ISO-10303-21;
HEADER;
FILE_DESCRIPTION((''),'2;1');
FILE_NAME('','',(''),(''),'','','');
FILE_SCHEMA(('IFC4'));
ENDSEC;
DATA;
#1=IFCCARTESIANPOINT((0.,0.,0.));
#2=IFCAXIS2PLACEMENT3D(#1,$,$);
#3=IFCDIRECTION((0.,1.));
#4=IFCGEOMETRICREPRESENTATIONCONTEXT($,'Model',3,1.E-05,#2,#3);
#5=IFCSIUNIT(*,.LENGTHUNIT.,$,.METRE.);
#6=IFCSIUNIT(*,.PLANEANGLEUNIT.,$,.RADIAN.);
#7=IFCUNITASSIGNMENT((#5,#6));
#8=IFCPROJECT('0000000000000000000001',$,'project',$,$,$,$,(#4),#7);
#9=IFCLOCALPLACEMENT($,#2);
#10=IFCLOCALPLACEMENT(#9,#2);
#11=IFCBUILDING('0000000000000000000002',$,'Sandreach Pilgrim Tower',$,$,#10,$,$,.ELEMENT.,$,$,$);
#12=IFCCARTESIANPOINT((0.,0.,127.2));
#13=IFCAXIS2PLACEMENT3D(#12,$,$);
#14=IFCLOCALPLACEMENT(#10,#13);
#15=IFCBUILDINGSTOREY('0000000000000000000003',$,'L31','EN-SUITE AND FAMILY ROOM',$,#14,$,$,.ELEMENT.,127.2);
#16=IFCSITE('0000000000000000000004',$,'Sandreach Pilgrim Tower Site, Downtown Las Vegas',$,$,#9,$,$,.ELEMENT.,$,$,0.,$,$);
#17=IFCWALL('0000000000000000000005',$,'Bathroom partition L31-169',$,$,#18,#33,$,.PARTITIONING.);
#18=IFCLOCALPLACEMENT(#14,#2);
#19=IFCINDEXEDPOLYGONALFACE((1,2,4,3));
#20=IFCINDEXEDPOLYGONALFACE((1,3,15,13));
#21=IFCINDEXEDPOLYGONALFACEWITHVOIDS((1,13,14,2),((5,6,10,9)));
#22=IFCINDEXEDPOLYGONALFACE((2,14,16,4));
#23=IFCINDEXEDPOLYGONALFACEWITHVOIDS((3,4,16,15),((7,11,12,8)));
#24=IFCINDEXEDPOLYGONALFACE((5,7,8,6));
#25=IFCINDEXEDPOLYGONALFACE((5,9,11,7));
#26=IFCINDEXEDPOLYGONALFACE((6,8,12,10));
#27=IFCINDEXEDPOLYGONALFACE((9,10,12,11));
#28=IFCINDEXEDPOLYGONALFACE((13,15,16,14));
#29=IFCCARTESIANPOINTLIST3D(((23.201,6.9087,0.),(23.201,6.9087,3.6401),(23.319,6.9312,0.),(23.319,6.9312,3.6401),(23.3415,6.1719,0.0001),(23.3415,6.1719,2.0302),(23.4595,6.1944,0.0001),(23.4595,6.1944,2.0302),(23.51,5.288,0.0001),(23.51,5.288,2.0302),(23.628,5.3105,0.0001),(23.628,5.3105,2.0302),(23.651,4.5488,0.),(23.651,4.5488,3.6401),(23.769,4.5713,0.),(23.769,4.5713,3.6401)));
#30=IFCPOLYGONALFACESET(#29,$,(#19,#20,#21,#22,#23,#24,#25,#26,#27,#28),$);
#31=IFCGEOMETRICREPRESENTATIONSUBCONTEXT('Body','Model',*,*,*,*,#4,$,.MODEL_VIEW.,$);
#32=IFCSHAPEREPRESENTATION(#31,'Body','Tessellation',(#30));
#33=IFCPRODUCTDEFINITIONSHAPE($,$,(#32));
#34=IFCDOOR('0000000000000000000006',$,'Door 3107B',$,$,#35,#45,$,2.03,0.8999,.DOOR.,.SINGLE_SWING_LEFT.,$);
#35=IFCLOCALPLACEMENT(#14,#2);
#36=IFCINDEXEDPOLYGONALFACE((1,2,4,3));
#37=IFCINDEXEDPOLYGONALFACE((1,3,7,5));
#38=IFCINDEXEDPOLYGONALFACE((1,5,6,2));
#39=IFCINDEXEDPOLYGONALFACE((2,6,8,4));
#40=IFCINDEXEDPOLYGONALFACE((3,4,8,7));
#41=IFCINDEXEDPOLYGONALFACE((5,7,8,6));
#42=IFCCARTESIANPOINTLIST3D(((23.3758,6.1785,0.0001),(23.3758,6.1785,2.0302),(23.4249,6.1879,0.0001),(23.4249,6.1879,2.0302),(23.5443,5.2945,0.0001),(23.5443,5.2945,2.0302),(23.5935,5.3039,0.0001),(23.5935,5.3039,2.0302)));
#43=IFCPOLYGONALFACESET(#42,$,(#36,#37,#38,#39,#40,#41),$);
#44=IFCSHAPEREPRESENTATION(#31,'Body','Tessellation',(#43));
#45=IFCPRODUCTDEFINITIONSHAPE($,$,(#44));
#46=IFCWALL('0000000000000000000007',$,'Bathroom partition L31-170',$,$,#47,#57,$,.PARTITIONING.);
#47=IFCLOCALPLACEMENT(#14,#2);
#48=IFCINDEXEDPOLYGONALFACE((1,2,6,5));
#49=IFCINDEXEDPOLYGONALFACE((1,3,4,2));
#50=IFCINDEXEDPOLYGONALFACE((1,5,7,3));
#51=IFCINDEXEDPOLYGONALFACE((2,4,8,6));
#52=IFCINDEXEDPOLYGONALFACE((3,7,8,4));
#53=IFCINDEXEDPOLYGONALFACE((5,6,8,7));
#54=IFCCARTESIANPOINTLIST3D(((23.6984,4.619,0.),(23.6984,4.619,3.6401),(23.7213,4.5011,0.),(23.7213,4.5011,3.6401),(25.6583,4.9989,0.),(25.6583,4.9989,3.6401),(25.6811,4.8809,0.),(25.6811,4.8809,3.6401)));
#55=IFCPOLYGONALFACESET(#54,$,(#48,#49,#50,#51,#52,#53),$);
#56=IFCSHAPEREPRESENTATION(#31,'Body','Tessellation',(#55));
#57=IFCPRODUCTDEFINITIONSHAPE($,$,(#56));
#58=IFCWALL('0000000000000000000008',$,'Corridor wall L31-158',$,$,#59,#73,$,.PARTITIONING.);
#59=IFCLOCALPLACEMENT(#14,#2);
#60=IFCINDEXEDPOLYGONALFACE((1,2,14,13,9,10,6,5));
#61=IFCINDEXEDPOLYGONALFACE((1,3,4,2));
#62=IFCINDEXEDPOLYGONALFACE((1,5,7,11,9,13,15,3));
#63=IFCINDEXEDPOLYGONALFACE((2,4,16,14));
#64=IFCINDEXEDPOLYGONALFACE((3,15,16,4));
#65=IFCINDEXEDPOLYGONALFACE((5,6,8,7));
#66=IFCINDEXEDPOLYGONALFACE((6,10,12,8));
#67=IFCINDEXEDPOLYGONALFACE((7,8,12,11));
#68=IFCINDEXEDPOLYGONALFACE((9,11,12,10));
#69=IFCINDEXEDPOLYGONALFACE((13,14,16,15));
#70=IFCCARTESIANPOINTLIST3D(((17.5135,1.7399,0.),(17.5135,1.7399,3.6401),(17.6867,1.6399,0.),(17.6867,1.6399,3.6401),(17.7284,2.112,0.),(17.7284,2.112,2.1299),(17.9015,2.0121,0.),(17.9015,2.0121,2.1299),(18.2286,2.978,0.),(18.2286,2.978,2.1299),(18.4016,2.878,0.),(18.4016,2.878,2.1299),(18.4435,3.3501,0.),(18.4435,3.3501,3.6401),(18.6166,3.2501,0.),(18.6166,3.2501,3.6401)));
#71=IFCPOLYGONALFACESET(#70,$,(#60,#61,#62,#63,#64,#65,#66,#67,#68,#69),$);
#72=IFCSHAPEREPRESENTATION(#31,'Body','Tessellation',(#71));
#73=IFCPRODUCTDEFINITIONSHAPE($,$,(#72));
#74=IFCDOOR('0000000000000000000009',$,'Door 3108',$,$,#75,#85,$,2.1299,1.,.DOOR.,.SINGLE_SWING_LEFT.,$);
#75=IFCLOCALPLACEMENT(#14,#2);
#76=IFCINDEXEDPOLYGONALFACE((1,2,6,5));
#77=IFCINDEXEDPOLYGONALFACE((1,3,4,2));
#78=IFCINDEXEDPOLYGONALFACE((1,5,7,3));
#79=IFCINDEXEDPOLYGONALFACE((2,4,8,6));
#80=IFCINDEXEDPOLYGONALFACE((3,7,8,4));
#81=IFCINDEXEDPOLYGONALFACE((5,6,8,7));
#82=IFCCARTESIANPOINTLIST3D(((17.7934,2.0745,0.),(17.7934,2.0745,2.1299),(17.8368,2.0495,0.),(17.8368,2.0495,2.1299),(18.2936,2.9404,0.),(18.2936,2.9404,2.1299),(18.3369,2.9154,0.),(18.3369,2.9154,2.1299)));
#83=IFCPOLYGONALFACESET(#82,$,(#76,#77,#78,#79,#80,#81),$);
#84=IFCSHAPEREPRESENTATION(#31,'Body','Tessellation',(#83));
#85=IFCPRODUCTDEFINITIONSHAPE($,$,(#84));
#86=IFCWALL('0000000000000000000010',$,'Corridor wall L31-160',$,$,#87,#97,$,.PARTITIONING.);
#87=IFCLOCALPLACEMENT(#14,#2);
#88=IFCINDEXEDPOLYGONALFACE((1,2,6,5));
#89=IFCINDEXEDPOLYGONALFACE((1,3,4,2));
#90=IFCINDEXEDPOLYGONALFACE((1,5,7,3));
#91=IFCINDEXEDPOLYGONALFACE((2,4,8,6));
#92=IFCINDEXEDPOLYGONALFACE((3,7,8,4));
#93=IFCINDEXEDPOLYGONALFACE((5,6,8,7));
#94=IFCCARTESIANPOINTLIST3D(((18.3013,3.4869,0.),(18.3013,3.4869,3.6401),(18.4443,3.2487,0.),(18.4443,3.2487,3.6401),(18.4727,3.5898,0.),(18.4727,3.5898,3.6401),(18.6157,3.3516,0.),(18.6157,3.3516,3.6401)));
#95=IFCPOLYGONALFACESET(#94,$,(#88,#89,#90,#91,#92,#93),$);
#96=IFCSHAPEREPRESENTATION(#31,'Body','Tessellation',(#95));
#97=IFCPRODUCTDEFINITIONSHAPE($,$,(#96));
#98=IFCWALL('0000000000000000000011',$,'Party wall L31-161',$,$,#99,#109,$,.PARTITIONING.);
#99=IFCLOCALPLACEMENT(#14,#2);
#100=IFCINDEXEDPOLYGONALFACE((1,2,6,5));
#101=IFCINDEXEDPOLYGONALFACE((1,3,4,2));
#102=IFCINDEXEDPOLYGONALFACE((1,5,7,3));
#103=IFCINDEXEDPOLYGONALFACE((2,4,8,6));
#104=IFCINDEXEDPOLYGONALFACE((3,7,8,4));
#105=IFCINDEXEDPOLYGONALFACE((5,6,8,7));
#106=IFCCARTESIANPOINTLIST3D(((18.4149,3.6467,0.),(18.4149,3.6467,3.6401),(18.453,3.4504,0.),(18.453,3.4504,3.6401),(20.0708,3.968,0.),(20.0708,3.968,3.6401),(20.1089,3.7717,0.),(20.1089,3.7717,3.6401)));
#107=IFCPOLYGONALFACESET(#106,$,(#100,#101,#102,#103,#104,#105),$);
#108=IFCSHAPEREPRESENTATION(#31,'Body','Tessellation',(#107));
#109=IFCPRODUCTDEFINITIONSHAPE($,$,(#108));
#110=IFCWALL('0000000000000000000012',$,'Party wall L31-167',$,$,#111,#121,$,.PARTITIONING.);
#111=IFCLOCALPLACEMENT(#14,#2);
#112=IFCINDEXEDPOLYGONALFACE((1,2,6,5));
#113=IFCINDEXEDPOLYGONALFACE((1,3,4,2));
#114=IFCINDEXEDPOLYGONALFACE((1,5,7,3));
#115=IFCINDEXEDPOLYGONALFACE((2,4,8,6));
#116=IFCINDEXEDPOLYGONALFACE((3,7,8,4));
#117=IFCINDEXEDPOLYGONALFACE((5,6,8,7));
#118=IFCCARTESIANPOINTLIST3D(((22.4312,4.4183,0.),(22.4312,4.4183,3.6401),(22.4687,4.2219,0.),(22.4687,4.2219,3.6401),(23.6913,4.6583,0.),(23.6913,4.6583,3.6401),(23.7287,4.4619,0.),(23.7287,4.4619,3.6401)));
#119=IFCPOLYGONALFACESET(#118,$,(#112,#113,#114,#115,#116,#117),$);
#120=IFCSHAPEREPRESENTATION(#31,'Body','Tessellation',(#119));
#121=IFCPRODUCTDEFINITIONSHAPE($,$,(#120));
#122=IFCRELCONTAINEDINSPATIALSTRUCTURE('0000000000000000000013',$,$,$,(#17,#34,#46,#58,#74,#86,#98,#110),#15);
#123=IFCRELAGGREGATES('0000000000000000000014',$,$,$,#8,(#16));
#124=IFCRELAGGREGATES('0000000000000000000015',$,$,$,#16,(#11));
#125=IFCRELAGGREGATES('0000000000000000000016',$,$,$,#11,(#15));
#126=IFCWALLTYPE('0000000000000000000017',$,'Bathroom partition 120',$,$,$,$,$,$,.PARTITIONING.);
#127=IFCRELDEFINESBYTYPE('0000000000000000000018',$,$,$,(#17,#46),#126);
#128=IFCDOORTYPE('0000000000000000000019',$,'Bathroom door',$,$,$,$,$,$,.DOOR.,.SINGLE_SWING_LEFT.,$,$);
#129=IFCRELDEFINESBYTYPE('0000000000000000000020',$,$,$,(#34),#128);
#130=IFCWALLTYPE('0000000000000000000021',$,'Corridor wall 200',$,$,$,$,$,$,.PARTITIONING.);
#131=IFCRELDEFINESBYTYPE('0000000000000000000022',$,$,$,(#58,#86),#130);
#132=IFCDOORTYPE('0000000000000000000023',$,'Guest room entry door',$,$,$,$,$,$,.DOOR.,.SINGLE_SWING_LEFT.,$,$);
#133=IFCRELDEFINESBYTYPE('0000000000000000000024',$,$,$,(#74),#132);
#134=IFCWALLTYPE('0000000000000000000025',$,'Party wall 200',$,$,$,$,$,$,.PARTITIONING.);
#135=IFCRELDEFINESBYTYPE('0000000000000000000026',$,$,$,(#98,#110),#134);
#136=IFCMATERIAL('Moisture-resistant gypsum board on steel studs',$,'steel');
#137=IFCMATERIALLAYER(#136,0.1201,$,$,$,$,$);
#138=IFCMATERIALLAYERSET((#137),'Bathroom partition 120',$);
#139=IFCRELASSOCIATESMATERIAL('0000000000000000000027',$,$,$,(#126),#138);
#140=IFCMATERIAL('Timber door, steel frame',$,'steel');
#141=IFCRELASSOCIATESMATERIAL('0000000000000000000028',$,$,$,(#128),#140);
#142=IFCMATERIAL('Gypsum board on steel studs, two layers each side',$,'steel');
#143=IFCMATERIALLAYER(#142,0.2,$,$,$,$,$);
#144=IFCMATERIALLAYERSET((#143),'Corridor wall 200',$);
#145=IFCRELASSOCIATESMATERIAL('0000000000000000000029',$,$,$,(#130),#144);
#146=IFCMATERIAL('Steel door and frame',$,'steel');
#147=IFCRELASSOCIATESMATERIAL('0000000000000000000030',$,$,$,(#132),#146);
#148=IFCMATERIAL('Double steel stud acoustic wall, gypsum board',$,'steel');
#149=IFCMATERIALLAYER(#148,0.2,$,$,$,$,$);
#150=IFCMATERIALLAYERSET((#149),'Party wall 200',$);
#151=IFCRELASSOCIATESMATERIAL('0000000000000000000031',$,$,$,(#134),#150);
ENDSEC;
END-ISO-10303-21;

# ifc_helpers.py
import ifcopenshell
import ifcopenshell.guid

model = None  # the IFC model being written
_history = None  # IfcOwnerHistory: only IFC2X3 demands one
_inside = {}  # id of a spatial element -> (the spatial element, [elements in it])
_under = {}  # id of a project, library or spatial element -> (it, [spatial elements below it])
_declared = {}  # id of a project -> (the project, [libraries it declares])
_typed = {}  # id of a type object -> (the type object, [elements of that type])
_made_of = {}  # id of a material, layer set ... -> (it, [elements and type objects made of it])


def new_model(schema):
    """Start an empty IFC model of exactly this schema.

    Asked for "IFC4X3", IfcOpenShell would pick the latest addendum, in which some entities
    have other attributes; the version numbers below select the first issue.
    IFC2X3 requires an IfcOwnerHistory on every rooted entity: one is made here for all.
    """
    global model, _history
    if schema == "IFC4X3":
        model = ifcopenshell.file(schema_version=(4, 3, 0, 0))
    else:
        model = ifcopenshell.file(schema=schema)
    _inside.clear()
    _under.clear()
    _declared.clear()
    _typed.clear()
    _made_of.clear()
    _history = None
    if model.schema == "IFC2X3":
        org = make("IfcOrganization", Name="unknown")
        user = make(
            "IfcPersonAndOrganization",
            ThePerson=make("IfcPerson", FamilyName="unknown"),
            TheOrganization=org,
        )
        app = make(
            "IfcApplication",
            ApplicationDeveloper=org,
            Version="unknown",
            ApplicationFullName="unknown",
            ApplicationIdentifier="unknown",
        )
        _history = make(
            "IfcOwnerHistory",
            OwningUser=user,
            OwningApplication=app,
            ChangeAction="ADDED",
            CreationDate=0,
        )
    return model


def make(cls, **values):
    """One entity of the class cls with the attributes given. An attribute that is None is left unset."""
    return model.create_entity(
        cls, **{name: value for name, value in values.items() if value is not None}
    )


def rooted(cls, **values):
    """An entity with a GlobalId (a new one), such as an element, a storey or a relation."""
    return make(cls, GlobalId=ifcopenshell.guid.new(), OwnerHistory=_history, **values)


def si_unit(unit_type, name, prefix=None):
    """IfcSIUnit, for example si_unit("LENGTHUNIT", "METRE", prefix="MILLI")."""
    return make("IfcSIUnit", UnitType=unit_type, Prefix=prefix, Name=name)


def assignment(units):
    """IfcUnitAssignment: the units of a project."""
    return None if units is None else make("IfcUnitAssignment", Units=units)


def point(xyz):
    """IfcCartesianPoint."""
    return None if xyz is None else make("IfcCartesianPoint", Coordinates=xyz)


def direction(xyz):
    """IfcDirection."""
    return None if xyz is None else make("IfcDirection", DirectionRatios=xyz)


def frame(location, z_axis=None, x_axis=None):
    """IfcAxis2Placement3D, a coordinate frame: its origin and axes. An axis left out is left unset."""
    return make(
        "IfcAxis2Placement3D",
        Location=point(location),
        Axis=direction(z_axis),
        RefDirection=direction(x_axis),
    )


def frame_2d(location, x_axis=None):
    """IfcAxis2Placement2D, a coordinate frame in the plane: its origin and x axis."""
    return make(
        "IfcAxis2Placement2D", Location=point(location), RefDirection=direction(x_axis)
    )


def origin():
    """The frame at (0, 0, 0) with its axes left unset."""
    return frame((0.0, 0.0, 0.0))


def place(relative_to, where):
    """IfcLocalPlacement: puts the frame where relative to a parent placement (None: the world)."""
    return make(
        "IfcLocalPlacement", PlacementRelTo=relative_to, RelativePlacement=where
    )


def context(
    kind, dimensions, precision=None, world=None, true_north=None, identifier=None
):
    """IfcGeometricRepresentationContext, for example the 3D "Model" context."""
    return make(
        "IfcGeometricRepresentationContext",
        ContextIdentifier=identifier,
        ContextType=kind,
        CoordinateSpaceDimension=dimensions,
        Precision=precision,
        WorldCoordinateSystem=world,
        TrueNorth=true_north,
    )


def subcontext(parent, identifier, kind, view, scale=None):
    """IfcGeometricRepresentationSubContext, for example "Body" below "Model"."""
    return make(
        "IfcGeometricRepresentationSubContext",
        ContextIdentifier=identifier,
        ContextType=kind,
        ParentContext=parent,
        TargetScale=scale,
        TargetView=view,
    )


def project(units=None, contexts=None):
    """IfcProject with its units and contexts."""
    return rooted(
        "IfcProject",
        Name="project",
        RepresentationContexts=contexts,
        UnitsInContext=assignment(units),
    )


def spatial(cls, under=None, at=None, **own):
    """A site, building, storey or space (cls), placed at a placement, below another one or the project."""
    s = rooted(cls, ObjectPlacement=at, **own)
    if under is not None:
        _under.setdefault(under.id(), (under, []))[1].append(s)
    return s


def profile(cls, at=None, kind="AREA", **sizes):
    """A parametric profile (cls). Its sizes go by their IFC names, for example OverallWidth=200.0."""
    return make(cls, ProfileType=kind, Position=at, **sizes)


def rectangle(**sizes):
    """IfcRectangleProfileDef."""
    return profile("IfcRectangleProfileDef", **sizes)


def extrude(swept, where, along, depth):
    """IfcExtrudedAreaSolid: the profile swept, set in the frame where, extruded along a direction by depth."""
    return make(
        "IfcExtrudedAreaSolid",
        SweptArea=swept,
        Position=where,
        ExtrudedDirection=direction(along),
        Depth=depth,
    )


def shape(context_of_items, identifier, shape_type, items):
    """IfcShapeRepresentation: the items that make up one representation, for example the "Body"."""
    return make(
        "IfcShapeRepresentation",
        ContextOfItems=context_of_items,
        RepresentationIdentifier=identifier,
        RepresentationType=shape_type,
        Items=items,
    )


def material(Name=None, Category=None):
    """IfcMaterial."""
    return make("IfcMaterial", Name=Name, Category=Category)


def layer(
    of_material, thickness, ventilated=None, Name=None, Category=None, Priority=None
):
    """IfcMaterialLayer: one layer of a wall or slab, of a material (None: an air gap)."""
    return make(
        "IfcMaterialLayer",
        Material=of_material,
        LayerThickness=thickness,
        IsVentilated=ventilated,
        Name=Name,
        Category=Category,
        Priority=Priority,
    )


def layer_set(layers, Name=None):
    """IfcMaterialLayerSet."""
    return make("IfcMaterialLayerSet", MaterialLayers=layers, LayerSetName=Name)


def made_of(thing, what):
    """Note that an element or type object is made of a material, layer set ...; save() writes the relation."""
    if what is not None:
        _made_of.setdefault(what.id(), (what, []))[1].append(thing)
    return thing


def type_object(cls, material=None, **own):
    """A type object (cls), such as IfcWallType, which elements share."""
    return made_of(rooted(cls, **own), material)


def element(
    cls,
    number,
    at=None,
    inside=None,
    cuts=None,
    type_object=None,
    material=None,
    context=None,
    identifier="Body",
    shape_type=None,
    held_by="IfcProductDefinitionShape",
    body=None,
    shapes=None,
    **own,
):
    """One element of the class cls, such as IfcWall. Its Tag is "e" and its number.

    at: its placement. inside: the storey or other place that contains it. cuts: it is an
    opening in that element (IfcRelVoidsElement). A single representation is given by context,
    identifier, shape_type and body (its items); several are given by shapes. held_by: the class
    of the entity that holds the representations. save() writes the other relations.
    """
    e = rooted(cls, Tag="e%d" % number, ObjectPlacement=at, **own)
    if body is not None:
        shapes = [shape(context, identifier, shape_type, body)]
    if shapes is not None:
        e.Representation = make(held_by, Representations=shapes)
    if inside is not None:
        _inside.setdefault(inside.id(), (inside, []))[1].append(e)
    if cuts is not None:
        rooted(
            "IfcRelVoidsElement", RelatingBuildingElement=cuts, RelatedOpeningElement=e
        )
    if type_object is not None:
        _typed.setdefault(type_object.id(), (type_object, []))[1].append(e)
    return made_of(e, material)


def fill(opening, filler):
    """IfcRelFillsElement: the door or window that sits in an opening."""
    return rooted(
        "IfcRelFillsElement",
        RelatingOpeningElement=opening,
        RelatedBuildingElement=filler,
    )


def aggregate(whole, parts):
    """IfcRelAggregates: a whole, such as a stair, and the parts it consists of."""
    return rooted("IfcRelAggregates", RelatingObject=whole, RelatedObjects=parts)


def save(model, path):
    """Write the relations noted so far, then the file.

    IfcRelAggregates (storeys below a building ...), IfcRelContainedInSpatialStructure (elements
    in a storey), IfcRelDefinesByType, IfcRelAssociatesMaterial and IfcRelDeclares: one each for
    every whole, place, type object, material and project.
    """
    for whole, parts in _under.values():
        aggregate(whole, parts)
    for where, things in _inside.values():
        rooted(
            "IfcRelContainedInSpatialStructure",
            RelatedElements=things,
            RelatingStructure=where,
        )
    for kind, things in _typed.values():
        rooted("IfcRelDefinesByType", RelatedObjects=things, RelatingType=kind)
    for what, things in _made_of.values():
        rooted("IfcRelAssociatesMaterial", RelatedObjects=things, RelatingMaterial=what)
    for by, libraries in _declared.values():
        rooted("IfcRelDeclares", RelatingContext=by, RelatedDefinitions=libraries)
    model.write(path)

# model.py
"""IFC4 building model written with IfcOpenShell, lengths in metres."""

from ifc_helpers import new_model, si_unit, direction, frame, frame_2d, origin, place, context, subcontext, project, spatial, rectangle, extrude, material, layer, layer_set, type_object, element, fill, save


model = new_model("IFC4")

# Units and contexts
model_context = context("Model", 3, precision=1e-05, world=origin(), true_north=direction((0.0, 1.0)))
body_context = subcontext(model_context, "Body", "Model", "MODEL_VIEW")
ifc_project = project(units=[si_unit("LENGTHUNIT", "METRE"), si_unit("PLANEANGLEUNIT", "RADIAN")], contexts=[model_context])

# Site, building, storey
site_placement = place(None, origin())
site = spatial("IfcSite", under=ifc_project, at=site_placement, Name="Sandreach Pilgrim Tower Site, Downtown Las Vegas", CompositionType="ELEMENT", RefElevation=0.0)
building_placement = place(site_placement, origin())
building = spatial("IfcBuilding", under=site, at=building_placement, Name="Sandreach Pilgrim Tower", CompositionType="ELEMENT")
storey_placement = place(building_placement, frame((0.0, 0.0, 127.2)))
storey = spatial("IfcBuildingStorey", under=building, at=storey_placement, Name="L31", Description="EN-SUITE AND FAMILY ROOM", CompositionType="ELEMENT", Elevation=127.2)

# Shared definitions
ifc_material_1 = material(Name="Moisture-resistant gypsum board on steel studs", Category="steel")
ifc_layer_1 = layer(ifc_material_1, 0.1201)
ifc_layer_set_1 = layer_set([ifc_layer_1], Name="Bathroom partition 120")
wall_type_1 = type_object("IfcWallType", Name="Bathroom partition 120", PredefinedType="PARTITIONING", material=ifc_layer_set_1)

# Shared definitions
ifc_material_2 = material(Name="Timber door, steel frame", Category="steel")
door_type_1 = type_object("IfcDoorType", Name="Bathroom door", OperationType="SINGLE_SWING_LEFT", PredefinedType="DOOR", material=ifc_material_2)

# Wall, opening, door
wall_1_placement = place(storey_placement, frame((23.26, 6.9199, 0.0), z_axis=(0.0, 0.0, 1.0), x_axis=(0.187294, -0.982304, 0.0)))
wall_1 = element("IfcWall", 1, at=wall_1_placement, inside=storey, type_object=wall_type_1, Name="Bathroom partition L31-169", PredefinedType="PARTITIONING", context=body_context, shape_type="SweptSolid", body=[
    extrude(rectangle(XDim=2.4023, YDim=0.1201, at=frame_2d((1.2012, 0.0))), origin(), (0.0, 0.0, 1.0), 3.6401),
])
opening_1_placement = place(wall_1_placement, frame((0.75, 0.0, 0.0)))
opening_1 = element("IfcOpeningElement", 2, at=opening_1_placement, cuts=wall_1, PredefinedType="OPENING", context=body_context, shape_type="SweptSolid", body=[
    extrude(rectangle(XDim=0.8999, YDim=2.03, at=frame_2d((0.45, 1.0151))), frame((0.0, 0.0601, 0.0), z_axis=(0.0, -1.0, 0.0), x_axis=(1.0, 0.0, 0.0)), (0.0, 0.0, 1.0), 0.1201),
])
door_1_placement = place(opening_1_placement, origin())
door_1 = element("IfcDoor", 3, at=door_1_placement, inside=storey, type_object=door_type_1, Name="Door 3107B", OperationType="SINGLE_SWING_LEFT", OverallHeight=2.03, OverallWidth=0.8999, PredefinedType="DOOR", context=body_context, shape_type="SweptSolid", body=[
    extrude(rectangle(XDim=0.8999, YDim=2.03, at=frame_2d((0.45, 1.0151))), frame((0.0, 0.0249, 0.0), z_axis=(0.0, -1.0, 0.0), x_axis=(1.0, 0.0, 0.0)), (0.0, 0.0, 1.0), 0.05),
])
fill(opening_1, door_1)

# Wall
wall_2_placement = place(storey_placement, frame((23.71, 4.5601, 0.0), z_axis=(0.0, 0.0, 1.0), x_axis=(0.98173, 0.19028, 0.0)))
element("IfcWall", 4, at=wall_2_placement, inside=storey, type_object=wall_type_1, Name="Bathroom partition L31-170", PredefinedType="PARTITIONING", context=body_context, shape_type="SweptSolid", body=[
    extrude(rectangle(XDim=1.9963, YDim=0.1201, at=frame_2d((0.998, 0.0))), origin(), (0.0, 0.0, 1.0), 3.6401),
])

# Wall, opening, door
ifc_material_3 = material(Name="Gypsum board on steel studs, two layers each side", Category="steel")
ifc_layer_2 = layer(ifc_material_3, 0.2)
ifc_layer_set_2 = layer_set([ifc_layer_2], Name="Corridor wall 200")
wall_type_2 = type_object("IfcWallType", Name="Corridor wall 200", PredefinedType="PARTITIONING", material=ifc_layer_set_2)
ifc_material_4 = material(Name="Steel door and frame", Category="steel")
door_type_2 = type_object("IfcDoorType", Name="Guest room entry door", OperationType="SINGLE_SWING_LEFT", PredefinedType="DOOR", material=ifc_material_4)
wall_3_placement = place(storey_placement, frame((17.6001, 1.6899, 0.0), z_axis=(0.0, 0.0, 1.0), x_axis=(0.500135, 0.865947, 0.0)))
wall_3 = element("IfcWall", 5, at=wall_3_placement, inside=storey, type_object=wall_type_2, Name="Corridor wall L31-158", PredefinedType="PARTITIONING", context=body_context, shape_type="SweptSolid", body=[
    extrude(rectangle(XDim=1.8594, YDim=0.2, at=frame_2d((0.9297, 0.0))), origin(), (0.0, 0.0, 1.0), 3.6401),
])
opening_2_placement = place(wall_3_placement, frame((0.4297, 0.0, 0.0)))
opening_2 = element("IfcOpeningElement", 6, at=opening_2_placement, cuts=wall_3, PredefinedType="OPENING", context=body_context, shape_type="SweptSolid", body=[
    extrude(rectangle(XDim=1.0, YDim=2.1299, at=frame_2d((0.5, 1.0649))), frame((0.0, 0.1001, 0.0), z_axis=(0.0, -1.0, 0.0), x_axis=(1.0, 0.0, 0.0)), (0.0, 0.0, 1.0), 0.2),
])
door_2_placement = place(opening_2_placement, origin())
door_2 = element("IfcDoor", 7, at=door_2_placement, inside=storey, type_object=door_type_2, Name="Door 3108", OperationType="SINGLE_SWING_LEFT", OverallHeight=2.1299, OverallWidth=1.0, PredefinedType="DOOR", context=body_context, shape_type="SweptSolid", body=[
    extrude(rectangle(XDim=1.0, YDim=2.1299, at=frame_2d((0.5, 1.0649))), frame((0.0, 0.0249, 0.0), z_axis=(0.0, -1.0, 0.0), x_axis=(1.0, 0.0, 0.0)), (0.0, 0.0, 1.0), 0.05),
])
fill(opening_2, door_2)

# Walls
wall_4_placement = place(storey_placement, frame((18.387, 3.5383, 0.0), z_axis=(0.0, 0.0, 1.0), x_axis=(0.514754, -0.857338, 0.0)))
element("IfcWall", 8, at=wall_4_placement, inside=storey, type_object=wall_type_2, Name="Corridor wall L31-160", PredefinedType="PARTITIONING", context=body_context, shape_type="SweptSolid", body=[
    extrude(rectangle(XDim=0.2778, YDim=0.2, at=frame_2d((0.1389, 0.0))), origin(), (0.0, 0.0, 1.0), 3.6401),
])
ifc_material_5 = material(Name="Double steel stud acoustic wall, gypsum board", Category="steel")
ifc_layer_3 = layer(ifc_material_5, 0.2)
ifc_layer_set_3 = layer_set([ifc_layer_3], Name="Party wall 200")
wall_type_3 = type_object("IfcWallType", Name="Party wall 200", PredefinedType="PARTITIONING", material=ifc_layer_set_3)
wall_5_placement = place(storey_placement, frame((18.4341, 3.5486, 0.0), z_axis=(0.0, 0.0, 1.0), x_axis=(0.981694, 0.190463, 0.0)))
element("IfcWall", 9, at=wall_5_placement, inside=storey, type_object=wall_type_3, Name="Party wall L31-161", PredefinedType="PARTITIONING", context=body_context, shape_type="SweptSolid", body=[
    extrude(rectangle(XDim=1.6868, YDim=0.2, at=frame_2d((0.8433, 0.0))), origin(), (0.0, 0.0, 1.0), 3.6401),
])
wall_6_placement = place(storey_placement, frame((22.45, 4.3201, 0.0), z_axis=(0.0, 0.0, 1.0), x_axis=(0.98234, 0.187103, 0.0)))
element("IfcWall", 10, at=wall_6_placement, inside=storey, type_object=wall_type_3, Name="Party wall L31-167", PredefinedType="PARTITIONING", context=body_context, shape_type="SweptSolid", body=[
    extrude(rectangle(XDim=1.2827, YDim=0.2, at=frame_2d((0.6414, 0.0))), origin(), (0.0, 0.0, 1.0), 3.6401),
])

save(model, "model.ifc")
